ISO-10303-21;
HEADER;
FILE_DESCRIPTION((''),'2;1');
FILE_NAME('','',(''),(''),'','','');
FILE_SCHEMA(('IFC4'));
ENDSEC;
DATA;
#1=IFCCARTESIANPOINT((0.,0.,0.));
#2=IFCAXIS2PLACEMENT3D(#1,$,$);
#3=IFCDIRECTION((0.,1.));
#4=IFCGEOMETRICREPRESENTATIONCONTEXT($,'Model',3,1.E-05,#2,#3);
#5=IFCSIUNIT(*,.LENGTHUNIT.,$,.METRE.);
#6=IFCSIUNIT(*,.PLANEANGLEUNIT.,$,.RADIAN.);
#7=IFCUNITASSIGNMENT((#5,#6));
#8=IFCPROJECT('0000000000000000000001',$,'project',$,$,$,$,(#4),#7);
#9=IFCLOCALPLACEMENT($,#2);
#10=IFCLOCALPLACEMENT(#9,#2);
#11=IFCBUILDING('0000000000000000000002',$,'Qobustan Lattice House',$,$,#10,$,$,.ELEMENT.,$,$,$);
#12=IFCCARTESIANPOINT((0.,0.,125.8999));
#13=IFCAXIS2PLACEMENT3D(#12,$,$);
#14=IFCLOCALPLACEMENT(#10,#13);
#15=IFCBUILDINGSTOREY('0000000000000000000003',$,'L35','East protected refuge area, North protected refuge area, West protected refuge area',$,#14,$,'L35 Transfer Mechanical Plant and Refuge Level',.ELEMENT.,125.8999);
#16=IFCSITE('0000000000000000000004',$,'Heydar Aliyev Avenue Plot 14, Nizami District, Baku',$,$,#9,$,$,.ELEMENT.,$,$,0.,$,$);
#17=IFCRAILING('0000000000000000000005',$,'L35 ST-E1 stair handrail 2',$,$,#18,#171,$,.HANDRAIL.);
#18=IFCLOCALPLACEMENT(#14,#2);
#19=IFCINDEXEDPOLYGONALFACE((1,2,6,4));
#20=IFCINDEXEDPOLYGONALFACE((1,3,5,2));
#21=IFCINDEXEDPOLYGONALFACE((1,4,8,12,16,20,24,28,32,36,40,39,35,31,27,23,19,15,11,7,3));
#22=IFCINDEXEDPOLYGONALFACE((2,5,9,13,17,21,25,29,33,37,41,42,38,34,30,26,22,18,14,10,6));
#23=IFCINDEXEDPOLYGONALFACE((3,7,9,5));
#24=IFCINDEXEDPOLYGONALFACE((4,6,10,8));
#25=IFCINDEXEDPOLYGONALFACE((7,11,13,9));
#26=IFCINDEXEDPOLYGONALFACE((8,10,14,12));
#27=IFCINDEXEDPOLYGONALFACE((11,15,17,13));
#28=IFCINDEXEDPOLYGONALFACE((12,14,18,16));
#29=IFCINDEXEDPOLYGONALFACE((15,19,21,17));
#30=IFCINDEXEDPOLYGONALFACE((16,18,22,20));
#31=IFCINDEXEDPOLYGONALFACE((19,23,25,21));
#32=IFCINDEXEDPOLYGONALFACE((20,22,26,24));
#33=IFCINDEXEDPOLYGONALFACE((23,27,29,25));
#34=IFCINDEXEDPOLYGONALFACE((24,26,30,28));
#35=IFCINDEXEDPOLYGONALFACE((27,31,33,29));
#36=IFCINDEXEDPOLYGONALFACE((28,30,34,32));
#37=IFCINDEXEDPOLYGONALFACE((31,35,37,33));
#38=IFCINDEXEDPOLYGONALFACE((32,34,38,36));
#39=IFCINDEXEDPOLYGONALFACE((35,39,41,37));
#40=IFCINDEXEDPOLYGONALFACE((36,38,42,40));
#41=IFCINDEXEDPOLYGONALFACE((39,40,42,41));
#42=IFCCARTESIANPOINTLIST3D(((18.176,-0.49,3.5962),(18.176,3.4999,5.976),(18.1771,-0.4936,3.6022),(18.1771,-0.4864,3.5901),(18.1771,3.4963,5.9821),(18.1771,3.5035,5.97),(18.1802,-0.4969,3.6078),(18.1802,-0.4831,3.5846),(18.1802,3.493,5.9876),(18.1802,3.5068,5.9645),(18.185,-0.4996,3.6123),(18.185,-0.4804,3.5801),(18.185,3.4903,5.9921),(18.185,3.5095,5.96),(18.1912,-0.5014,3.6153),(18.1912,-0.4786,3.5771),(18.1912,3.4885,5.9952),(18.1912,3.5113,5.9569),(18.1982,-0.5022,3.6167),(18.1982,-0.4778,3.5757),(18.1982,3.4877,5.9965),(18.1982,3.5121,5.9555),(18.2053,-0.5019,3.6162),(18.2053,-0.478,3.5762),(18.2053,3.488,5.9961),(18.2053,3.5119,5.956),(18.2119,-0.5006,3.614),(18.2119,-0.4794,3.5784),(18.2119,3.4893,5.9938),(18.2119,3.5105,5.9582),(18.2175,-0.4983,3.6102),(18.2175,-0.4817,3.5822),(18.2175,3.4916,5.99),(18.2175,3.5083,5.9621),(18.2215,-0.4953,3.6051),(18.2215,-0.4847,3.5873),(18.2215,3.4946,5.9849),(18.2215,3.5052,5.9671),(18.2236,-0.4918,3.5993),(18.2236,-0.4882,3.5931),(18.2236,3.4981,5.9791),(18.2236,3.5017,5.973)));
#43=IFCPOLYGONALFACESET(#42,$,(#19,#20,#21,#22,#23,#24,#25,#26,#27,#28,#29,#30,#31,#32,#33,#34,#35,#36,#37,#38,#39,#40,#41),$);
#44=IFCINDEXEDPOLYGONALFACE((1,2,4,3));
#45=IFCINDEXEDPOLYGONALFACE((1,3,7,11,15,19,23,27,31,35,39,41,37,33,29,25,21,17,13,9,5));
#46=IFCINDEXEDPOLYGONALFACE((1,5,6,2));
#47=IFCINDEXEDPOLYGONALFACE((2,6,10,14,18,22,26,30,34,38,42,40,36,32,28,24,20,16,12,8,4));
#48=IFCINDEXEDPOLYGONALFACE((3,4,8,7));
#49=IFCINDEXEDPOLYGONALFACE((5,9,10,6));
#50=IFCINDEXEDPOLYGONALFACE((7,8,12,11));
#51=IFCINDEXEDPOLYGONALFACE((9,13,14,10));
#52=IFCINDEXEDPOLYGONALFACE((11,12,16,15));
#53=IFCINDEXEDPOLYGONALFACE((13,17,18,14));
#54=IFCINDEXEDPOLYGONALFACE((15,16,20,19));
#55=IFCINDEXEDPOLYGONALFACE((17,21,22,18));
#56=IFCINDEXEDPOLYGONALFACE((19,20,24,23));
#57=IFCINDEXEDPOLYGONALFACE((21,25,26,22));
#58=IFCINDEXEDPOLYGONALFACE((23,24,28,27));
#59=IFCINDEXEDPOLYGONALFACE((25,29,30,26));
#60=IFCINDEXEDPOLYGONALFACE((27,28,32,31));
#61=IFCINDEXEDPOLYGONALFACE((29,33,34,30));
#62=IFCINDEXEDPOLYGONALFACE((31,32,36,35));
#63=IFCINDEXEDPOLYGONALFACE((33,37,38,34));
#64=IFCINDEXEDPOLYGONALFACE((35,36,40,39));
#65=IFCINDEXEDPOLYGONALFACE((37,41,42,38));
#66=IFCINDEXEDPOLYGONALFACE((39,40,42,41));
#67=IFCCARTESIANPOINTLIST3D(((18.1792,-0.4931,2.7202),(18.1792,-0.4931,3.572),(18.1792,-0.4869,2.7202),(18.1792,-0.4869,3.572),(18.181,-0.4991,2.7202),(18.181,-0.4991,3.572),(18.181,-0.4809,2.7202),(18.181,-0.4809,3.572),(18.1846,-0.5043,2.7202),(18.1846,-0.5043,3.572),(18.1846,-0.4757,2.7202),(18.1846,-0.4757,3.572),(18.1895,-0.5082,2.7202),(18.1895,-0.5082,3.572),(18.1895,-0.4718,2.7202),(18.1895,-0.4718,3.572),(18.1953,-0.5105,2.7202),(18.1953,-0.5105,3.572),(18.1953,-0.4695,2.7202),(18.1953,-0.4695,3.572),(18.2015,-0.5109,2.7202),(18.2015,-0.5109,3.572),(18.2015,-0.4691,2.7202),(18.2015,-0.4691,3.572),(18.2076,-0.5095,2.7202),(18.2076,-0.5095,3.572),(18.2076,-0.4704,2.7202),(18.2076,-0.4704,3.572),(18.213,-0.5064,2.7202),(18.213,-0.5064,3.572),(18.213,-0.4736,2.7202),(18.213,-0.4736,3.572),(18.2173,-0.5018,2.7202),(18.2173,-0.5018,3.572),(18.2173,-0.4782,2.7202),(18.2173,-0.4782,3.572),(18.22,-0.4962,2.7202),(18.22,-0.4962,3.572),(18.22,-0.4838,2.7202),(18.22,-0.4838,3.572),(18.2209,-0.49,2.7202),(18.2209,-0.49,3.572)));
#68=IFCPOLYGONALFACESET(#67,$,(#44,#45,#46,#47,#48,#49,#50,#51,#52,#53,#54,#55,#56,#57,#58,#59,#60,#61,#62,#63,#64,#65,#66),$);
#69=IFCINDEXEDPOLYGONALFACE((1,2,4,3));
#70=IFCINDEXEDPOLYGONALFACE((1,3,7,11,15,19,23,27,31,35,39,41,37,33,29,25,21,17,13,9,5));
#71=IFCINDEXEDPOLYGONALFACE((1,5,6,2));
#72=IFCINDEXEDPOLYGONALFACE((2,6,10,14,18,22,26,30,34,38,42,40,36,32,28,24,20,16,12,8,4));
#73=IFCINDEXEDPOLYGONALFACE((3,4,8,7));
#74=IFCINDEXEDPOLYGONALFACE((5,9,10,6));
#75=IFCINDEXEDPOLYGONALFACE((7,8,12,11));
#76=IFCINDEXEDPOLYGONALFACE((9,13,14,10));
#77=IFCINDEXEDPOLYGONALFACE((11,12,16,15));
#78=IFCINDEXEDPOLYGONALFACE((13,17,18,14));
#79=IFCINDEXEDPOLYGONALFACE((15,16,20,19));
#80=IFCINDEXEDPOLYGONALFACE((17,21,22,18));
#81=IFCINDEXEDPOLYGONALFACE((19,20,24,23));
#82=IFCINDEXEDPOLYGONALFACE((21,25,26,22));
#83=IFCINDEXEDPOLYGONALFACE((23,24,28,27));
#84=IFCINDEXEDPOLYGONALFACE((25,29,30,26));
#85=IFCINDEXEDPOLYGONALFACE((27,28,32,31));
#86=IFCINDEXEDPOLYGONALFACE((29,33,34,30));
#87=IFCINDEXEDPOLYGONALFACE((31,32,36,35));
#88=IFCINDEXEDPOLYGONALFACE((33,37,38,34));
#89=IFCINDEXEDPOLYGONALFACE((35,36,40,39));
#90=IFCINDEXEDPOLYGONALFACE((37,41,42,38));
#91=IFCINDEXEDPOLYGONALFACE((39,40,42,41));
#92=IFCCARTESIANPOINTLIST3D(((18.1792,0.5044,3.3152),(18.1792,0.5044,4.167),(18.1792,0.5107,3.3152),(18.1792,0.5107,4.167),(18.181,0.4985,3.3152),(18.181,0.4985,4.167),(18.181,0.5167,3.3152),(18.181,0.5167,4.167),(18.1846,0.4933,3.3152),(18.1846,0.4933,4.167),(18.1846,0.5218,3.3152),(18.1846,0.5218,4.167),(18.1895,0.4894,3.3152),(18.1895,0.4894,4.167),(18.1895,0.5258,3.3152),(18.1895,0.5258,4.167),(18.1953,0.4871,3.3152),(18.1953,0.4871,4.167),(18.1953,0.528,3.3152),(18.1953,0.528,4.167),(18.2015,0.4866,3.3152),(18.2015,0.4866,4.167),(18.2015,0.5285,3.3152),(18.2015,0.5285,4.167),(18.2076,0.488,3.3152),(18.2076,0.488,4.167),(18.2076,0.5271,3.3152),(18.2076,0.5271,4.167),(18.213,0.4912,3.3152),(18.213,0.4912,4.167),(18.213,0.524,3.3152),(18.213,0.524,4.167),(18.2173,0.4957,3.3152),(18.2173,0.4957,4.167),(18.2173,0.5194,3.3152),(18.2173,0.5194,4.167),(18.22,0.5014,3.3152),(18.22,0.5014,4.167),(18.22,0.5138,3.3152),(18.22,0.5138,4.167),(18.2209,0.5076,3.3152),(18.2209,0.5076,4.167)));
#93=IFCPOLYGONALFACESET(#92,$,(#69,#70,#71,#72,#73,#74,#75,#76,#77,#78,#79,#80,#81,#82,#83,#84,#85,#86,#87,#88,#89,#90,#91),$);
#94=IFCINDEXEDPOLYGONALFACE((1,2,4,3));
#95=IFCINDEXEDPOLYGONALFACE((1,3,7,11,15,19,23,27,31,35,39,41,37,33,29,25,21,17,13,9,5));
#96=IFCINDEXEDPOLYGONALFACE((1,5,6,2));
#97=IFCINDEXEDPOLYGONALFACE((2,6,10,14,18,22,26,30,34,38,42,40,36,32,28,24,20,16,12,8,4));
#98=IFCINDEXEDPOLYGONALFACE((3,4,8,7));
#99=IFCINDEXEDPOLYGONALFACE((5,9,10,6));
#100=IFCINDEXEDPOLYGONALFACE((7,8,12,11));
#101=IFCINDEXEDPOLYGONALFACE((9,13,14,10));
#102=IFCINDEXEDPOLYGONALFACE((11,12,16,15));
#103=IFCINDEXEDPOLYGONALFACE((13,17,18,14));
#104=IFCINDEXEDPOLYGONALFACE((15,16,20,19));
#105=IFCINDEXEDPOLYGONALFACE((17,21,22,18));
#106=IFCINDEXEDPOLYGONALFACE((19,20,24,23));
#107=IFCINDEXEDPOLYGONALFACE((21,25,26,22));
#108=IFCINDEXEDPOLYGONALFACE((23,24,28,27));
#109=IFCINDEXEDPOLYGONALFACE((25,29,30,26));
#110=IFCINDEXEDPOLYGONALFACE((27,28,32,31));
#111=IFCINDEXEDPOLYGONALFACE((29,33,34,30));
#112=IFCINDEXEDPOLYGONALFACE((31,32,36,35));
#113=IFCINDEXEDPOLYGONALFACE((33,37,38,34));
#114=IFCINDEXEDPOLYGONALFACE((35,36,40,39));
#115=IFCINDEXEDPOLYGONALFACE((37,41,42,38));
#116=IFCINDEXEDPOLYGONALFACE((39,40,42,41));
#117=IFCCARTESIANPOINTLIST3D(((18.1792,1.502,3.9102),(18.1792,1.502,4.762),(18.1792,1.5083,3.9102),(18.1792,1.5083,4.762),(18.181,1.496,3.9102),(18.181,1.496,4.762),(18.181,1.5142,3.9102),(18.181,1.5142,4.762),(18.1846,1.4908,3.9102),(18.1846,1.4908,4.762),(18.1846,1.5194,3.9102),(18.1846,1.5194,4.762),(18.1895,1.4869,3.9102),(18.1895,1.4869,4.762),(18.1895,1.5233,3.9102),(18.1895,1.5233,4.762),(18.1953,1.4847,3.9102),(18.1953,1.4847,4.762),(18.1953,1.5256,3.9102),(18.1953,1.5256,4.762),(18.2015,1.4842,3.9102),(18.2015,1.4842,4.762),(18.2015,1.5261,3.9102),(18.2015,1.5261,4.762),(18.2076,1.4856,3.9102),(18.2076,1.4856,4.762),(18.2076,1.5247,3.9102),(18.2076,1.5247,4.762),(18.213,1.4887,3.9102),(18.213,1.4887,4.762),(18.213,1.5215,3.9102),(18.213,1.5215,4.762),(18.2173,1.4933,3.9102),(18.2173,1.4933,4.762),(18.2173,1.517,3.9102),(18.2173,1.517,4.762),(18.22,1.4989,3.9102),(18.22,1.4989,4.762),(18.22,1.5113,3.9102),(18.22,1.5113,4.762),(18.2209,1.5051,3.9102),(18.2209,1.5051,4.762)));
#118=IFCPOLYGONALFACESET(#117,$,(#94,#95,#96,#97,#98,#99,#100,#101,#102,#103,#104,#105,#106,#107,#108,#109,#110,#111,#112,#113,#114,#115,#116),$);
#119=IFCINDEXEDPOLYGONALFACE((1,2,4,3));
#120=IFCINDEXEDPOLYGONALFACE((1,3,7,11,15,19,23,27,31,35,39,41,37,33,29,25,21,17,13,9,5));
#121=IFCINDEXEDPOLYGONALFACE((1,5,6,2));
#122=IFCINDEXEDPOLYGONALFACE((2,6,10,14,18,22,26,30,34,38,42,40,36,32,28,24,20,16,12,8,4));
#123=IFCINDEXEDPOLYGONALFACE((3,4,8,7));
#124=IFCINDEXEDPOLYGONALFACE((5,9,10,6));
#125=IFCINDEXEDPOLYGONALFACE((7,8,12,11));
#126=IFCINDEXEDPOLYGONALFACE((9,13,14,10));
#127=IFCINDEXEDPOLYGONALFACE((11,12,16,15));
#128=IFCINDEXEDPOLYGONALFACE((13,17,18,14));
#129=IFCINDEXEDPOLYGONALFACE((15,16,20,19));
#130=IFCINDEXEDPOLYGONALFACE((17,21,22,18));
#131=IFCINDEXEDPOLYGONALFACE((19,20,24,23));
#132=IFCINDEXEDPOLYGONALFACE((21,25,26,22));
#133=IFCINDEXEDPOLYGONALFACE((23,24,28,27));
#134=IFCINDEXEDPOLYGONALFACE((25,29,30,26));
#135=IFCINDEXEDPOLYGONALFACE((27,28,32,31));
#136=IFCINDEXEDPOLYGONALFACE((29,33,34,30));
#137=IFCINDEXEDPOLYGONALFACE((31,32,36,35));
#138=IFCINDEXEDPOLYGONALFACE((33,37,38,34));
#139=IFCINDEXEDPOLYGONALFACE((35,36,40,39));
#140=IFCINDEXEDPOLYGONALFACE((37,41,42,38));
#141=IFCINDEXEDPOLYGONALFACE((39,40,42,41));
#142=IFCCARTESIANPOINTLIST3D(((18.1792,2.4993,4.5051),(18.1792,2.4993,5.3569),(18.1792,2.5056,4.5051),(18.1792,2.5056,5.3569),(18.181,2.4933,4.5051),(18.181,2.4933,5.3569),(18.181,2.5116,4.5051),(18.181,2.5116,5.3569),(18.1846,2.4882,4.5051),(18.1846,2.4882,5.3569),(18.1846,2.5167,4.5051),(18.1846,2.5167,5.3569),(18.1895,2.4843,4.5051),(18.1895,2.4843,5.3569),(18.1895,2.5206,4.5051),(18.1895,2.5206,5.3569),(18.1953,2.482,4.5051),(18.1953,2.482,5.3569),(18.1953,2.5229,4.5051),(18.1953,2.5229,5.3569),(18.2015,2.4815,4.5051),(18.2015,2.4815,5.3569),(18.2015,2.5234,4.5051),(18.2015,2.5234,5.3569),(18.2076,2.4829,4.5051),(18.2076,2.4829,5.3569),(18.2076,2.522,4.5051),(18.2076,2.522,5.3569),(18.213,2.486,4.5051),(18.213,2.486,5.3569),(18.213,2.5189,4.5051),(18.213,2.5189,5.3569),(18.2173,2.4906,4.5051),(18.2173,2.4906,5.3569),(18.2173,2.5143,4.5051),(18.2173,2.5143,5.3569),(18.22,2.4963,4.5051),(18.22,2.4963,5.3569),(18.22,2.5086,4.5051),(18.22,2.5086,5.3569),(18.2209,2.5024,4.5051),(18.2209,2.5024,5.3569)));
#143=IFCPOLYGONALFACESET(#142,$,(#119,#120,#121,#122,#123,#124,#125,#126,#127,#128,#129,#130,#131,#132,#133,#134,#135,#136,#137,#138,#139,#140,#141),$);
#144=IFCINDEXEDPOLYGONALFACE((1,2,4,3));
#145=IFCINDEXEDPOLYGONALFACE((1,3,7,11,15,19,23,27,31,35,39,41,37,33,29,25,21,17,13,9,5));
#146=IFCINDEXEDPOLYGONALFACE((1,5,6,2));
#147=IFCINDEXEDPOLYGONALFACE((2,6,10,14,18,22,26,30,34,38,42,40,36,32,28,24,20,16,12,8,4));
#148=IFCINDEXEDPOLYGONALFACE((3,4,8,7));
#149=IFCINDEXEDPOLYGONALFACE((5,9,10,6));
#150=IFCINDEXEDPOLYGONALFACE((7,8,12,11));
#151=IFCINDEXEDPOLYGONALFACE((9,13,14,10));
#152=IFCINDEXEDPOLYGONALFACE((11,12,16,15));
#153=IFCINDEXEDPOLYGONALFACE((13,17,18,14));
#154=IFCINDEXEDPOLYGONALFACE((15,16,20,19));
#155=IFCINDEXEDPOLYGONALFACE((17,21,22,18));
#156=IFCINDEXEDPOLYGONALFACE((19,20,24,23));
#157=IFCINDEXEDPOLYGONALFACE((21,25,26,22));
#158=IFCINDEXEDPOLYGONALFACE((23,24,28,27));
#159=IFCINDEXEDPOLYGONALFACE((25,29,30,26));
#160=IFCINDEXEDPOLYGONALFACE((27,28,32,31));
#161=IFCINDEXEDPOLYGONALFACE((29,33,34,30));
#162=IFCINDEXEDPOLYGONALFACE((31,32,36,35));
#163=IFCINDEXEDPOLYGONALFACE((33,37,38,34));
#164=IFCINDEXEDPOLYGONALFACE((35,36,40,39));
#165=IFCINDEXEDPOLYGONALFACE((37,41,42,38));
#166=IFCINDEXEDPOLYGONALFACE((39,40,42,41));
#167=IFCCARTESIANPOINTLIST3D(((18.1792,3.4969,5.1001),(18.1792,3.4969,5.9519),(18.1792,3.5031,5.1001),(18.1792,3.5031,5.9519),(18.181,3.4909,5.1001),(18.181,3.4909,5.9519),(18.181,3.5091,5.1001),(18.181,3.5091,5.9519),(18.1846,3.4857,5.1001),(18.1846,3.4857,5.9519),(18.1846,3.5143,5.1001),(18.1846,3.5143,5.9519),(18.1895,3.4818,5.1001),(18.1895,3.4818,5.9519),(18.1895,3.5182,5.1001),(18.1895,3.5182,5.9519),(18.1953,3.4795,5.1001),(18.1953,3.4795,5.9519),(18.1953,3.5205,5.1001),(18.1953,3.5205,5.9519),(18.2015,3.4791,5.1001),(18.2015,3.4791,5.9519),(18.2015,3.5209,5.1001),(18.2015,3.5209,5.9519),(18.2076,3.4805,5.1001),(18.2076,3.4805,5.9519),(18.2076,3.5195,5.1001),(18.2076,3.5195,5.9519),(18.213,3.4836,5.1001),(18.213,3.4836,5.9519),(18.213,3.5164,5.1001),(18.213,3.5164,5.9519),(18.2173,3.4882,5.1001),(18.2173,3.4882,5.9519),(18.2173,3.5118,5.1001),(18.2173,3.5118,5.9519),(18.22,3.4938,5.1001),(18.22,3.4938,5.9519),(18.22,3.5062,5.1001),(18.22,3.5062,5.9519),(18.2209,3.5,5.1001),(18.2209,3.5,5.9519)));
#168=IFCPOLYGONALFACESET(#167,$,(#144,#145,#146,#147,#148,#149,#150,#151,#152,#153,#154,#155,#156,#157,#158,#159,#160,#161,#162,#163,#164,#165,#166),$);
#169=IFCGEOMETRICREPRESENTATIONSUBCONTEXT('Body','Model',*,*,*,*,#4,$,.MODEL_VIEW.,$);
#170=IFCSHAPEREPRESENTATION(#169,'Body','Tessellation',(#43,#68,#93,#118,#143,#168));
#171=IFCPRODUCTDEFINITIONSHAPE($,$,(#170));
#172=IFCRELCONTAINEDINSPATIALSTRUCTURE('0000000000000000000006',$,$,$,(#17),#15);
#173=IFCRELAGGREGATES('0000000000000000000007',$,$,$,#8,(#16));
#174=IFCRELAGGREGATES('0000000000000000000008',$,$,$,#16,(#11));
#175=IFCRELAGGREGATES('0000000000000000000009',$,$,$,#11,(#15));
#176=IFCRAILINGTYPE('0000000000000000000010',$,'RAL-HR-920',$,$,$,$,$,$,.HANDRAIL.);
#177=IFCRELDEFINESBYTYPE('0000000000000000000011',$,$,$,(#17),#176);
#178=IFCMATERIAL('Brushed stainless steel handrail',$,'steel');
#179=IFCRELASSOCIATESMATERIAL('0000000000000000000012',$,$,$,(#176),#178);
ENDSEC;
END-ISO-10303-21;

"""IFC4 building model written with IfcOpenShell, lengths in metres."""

from ifc_helpers import new_model, si_unit, direction, frame, origin, origin_2d, place, context, subcontext, project, spatial, circle, extrude, material, type_object, element, save


model = new_model("IFC4")

# Units and contexts
model_context = context("Model", 3, precision=1e-05, world=origin(), true_north=direction((0.0, 1.0)))
body_context = subcontext(model_context, "Body", "Model", "MODEL_VIEW")
ifc_project = project(units=[si_unit("LENGTHUNIT", "METRE"), si_unit("PLANEANGLEUNIT", "RADIAN")], contexts=[model_context])

# Site, building, storey
site_placement = place(None, origin())
site = spatial("IfcSite", under=ifc_project, at=site_placement, Name="Heydar Aliyev Avenue Plot 14, Nizami District, Baku", CompositionType="ELEMENT", RefElevation=0.0)
building_placement = place(site_placement, origin())
building = spatial("IfcBuilding", under=site, at=building_placement, Name="Qobustan Lattice House", CompositionType="ELEMENT")
storey_placement = place(building_placement, frame((0.0, 0.0, 125.8999)))
storey = spatial("IfcBuildingStorey", under=building, at=storey_placement, Name="L35", Description="East protected refuge area, North protected refuge area, West protected refuge area", LongName="L35 Transfer Mechanical Plant and Refuge Level", CompositionType="ELEMENT", Elevation=125.8999)

# Railing
ifc_material_1 = material(Name="Brushed stainless steel handrail", Category="steel")
railing_type_1 = type_object("IfcRailingType", Name="RAL-HR-920", PredefinedType="HANDRAIL", material=ifc_material_1)
railing_1_placement = place(storey_placement, frame((18.2, -0.49, 2.7202)))
element("IfcRailing", 1, at=railing_1_placement, inside=storey, type_object=railing_type_1, Name="L35 ST-E1 stair handrail 2", PredefinedType="HANDRAIL", context=body_context, shape_type="SweptSolid", body=[
    extrude(circle(Radius=0.0239, at=origin_2d()), frame((0.0, 0.0, 0.876), z_axis=(0.0, 0.85883, 0.512261), x_axis=(-1.0, 0.0, 0.0)), (0.0, 0.0, 1.0), 4.6458),
    extrude(circle(Radius=0.021, at=origin_2d()), origin(), (0.0, 0.0, 1.0), 0.8518),
    extrude(circle(Radius=0.021, at=origin_2d()), frame((0.0, 0.9976, 0.595)), (0.0, 0.0, 1.0), 0.8518),
    extrude(circle(Radius=0.021, at=origin_2d()), frame((0.0, 1.9951, 1.1899)), (0.0, 0.0, 1.0), 0.8518),
    extrude(circle(Radius=0.021, at=origin_2d()), frame((0.0, 2.9924, 1.7849)), (0.0, 0.0, 1.0), 0.8518),
    extrude(circle(Radius=0.021, at=origin_2d()), frame((0.0, 3.99, 2.3799)), (0.0, 0.0, 1.0), 0.8518),
])

save(model, "model.ifc")
